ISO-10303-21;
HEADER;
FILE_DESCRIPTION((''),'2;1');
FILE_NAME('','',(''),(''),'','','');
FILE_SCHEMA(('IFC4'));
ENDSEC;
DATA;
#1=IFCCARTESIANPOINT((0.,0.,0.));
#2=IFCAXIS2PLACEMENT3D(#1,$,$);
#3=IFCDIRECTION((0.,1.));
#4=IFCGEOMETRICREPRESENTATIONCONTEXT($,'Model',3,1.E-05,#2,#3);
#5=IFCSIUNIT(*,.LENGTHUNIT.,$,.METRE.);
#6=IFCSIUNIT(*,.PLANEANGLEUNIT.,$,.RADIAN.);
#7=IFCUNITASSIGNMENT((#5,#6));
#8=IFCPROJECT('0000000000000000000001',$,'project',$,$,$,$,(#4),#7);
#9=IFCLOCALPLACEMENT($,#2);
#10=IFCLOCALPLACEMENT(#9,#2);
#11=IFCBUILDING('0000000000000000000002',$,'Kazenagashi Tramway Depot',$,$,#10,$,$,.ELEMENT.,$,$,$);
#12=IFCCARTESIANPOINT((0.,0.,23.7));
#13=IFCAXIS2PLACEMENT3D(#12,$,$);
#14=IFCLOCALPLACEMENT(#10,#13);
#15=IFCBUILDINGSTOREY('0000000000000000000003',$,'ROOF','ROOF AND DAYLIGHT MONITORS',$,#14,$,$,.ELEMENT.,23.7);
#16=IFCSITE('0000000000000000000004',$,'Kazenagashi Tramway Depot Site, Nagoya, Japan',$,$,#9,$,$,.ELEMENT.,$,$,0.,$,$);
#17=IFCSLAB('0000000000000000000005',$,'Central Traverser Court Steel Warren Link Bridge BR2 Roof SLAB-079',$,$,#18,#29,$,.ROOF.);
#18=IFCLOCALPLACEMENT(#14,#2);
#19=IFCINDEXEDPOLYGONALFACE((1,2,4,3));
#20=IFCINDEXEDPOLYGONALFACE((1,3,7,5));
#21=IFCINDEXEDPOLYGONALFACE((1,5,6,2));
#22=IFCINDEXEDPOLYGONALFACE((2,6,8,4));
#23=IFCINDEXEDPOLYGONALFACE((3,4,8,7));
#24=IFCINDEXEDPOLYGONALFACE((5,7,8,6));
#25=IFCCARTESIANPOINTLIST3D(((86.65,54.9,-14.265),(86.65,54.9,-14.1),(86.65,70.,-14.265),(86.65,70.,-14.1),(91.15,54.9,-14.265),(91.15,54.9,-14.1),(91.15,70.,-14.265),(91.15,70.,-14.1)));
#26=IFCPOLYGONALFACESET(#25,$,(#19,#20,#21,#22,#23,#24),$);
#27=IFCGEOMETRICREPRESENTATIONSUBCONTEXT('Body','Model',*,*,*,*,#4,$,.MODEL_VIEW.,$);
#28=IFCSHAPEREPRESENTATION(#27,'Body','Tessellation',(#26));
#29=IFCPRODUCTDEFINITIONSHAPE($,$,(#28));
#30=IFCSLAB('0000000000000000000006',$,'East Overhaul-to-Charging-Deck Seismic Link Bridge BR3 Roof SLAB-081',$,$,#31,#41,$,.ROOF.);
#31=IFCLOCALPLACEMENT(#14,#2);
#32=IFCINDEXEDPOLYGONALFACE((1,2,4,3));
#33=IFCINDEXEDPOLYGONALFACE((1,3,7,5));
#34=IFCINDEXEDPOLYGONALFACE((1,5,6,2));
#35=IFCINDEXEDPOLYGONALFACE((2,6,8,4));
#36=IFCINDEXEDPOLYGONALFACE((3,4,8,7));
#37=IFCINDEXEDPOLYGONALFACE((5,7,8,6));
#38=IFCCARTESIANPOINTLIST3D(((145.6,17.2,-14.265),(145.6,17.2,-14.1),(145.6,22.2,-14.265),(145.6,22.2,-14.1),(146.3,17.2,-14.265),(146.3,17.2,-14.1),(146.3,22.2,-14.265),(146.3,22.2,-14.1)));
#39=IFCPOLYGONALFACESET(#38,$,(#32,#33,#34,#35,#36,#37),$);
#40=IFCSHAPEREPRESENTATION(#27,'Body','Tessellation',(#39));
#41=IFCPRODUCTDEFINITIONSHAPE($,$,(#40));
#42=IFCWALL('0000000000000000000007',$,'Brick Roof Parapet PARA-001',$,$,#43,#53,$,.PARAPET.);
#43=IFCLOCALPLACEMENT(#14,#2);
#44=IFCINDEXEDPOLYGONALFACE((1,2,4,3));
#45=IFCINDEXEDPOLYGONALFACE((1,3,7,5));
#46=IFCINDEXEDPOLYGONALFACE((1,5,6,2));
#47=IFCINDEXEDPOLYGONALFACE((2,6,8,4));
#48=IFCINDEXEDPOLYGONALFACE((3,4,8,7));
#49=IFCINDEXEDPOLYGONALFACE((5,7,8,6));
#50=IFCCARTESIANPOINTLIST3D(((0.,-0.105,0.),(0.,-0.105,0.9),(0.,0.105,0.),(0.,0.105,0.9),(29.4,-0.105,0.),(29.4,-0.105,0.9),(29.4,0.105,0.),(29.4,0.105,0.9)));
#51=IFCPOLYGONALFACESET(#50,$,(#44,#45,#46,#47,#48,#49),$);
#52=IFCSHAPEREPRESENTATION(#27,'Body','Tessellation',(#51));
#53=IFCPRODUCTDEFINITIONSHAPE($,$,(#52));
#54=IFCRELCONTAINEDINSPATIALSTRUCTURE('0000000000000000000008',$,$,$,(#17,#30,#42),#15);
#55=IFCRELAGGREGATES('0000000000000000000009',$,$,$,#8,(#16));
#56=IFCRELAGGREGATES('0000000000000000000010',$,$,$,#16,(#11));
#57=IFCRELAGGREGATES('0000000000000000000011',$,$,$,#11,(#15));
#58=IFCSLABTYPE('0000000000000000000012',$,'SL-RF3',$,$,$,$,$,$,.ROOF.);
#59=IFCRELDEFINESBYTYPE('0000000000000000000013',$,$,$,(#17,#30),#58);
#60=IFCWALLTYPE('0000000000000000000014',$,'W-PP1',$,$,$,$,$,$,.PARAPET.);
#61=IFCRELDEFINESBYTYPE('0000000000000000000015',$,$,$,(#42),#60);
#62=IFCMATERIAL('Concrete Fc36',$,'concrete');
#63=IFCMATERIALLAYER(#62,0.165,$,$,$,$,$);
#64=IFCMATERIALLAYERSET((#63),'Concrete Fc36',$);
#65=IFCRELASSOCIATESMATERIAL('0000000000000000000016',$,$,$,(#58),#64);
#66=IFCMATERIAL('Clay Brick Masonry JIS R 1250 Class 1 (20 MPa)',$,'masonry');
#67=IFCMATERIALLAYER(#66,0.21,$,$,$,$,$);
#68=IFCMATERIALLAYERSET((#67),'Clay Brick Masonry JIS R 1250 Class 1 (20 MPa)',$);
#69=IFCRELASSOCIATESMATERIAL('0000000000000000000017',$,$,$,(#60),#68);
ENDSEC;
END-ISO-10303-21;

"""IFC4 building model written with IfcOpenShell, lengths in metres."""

from ifc_helpers import new_model, si_unit, direction, frame, frame_2d, origin, origin_with_axes, place, context, subcontext, project, spatial, polyline, rectangle, outline, extrude, material, layer, layer_set, type_object, element, save


model = new_model("IFC4")

# Units and contexts
model_context = context("Model", 3, precision=1e-05, world=origin(), true_north=direction((0.0, 1.0)))
body_context = subcontext(model_context, "Body", "Model", "MODEL_VIEW")
ifc_project = project(units=[si_unit("LENGTHUNIT", "METRE"), si_unit("PLANEANGLEUNIT", "RADIAN")], contexts=[model_context])

# Site, building, storey
site_placement = place(None, origin())
site = spatial("IfcSite", under=ifc_project, at=site_placement, Name="Kazenagashi Tramway Depot Site, Nagoya, Japan", CompositionType="ELEMENT", RefElevation=0.0)
building_placement = place(site_placement, origin())
building = spatial("IfcBuilding", under=site, at=building_placement, Name="Kazenagashi Tramway Depot", CompositionType="ELEMENT")
storey_placement = place(building_placement, frame((0.0, 0.0, 23.7)))
storey = spatial("IfcBuildingStorey", under=building, at=storey_placement, Name="ROOF", Description="ROOF AND DAYLIGHT MONITORS", CompositionType="ELEMENT", Elevation=23.7)

# Slabs
ifc_material_1 = material(Name="Concrete Fc36", Category="concrete")
ifc_layer_1 = layer(ifc_material_1, 0.165)
ifc_layer_set_1 = layer_set([ifc_layer_1], Name="Concrete Fc36")
slab_type_1 = type_object("IfcSlabType", Name="SL-RF3", PredefinedType="ROOF", material=ifc_layer_set_1)
slab_1_placement = place(storey_placement, frame((0.0, 0.0, -14.265)))
element("IfcSlab", 1, at=slab_1_placement, inside=storey, type_object=slab_type_1, Name="Central Traverser Court Steel Warren Link Bridge BR2 Roof SLAB-079", PredefinedType="ROOF", context=body_context, shape_type="SweptSolid", body=[
    extrude(outline(polyline([(86.65, 54.9), (91.15, 54.9), (91.15, 70.0), (86.65, 70.0), (86.65, 54.9)])), origin(), (0.0, 0.0, 1.0), 0.165),
])
slab_2_placement = place(storey_placement, frame((0.0, 0.0, -14.265)))
element("IfcSlab", 2, at=slab_2_placement, inside=storey, type_object=slab_type_1, Name="East Overhaul-to-Charging-Deck Seismic Link Bridge BR3 Roof SLAB-081", PredefinedType="ROOF", context=body_context, shape_type="SweptSolid", body=[
    extrude(outline(polyline([(145.6, 17.2), (146.3, 17.2), (146.3, 22.2), (145.6, 22.2), (145.6, 17.2)])), origin(), (0.0, 0.0, 1.0), 0.165),
])

# Wall
ifc_material_2 = material(Name="Clay Brick Masonry JIS R 1250 Class 1 (20 MPa)", Category="masonry")
ifc_layer_2 = layer(ifc_material_2, 0.21)
ifc_layer_set_2 = layer_set([ifc_layer_2], Name="Clay Brick Masonry JIS R 1250 Class 1 (20 MPa)")
wall_type = type_object("IfcWallType", Name="W-PP1", PredefinedType="PARAPET", material=ifc_layer_set_2)
wall_placement = place(storey_placement, origin_with_axes())
element("IfcWall", 3, at=wall_placement, inside=storey, type_object=wall_type, Name="Brick Roof Parapet PARA-001", PredefinedType="PARAPET", context=body_context, shape_type="SweptSolid", body=[
    extrude(rectangle(XDim=29.4, YDim=0.21, at=frame_2d((14.7, 0.0))), origin(), (0.0, 0.0, 1.0), 0.9),
])

save(model, "model.ifc")
